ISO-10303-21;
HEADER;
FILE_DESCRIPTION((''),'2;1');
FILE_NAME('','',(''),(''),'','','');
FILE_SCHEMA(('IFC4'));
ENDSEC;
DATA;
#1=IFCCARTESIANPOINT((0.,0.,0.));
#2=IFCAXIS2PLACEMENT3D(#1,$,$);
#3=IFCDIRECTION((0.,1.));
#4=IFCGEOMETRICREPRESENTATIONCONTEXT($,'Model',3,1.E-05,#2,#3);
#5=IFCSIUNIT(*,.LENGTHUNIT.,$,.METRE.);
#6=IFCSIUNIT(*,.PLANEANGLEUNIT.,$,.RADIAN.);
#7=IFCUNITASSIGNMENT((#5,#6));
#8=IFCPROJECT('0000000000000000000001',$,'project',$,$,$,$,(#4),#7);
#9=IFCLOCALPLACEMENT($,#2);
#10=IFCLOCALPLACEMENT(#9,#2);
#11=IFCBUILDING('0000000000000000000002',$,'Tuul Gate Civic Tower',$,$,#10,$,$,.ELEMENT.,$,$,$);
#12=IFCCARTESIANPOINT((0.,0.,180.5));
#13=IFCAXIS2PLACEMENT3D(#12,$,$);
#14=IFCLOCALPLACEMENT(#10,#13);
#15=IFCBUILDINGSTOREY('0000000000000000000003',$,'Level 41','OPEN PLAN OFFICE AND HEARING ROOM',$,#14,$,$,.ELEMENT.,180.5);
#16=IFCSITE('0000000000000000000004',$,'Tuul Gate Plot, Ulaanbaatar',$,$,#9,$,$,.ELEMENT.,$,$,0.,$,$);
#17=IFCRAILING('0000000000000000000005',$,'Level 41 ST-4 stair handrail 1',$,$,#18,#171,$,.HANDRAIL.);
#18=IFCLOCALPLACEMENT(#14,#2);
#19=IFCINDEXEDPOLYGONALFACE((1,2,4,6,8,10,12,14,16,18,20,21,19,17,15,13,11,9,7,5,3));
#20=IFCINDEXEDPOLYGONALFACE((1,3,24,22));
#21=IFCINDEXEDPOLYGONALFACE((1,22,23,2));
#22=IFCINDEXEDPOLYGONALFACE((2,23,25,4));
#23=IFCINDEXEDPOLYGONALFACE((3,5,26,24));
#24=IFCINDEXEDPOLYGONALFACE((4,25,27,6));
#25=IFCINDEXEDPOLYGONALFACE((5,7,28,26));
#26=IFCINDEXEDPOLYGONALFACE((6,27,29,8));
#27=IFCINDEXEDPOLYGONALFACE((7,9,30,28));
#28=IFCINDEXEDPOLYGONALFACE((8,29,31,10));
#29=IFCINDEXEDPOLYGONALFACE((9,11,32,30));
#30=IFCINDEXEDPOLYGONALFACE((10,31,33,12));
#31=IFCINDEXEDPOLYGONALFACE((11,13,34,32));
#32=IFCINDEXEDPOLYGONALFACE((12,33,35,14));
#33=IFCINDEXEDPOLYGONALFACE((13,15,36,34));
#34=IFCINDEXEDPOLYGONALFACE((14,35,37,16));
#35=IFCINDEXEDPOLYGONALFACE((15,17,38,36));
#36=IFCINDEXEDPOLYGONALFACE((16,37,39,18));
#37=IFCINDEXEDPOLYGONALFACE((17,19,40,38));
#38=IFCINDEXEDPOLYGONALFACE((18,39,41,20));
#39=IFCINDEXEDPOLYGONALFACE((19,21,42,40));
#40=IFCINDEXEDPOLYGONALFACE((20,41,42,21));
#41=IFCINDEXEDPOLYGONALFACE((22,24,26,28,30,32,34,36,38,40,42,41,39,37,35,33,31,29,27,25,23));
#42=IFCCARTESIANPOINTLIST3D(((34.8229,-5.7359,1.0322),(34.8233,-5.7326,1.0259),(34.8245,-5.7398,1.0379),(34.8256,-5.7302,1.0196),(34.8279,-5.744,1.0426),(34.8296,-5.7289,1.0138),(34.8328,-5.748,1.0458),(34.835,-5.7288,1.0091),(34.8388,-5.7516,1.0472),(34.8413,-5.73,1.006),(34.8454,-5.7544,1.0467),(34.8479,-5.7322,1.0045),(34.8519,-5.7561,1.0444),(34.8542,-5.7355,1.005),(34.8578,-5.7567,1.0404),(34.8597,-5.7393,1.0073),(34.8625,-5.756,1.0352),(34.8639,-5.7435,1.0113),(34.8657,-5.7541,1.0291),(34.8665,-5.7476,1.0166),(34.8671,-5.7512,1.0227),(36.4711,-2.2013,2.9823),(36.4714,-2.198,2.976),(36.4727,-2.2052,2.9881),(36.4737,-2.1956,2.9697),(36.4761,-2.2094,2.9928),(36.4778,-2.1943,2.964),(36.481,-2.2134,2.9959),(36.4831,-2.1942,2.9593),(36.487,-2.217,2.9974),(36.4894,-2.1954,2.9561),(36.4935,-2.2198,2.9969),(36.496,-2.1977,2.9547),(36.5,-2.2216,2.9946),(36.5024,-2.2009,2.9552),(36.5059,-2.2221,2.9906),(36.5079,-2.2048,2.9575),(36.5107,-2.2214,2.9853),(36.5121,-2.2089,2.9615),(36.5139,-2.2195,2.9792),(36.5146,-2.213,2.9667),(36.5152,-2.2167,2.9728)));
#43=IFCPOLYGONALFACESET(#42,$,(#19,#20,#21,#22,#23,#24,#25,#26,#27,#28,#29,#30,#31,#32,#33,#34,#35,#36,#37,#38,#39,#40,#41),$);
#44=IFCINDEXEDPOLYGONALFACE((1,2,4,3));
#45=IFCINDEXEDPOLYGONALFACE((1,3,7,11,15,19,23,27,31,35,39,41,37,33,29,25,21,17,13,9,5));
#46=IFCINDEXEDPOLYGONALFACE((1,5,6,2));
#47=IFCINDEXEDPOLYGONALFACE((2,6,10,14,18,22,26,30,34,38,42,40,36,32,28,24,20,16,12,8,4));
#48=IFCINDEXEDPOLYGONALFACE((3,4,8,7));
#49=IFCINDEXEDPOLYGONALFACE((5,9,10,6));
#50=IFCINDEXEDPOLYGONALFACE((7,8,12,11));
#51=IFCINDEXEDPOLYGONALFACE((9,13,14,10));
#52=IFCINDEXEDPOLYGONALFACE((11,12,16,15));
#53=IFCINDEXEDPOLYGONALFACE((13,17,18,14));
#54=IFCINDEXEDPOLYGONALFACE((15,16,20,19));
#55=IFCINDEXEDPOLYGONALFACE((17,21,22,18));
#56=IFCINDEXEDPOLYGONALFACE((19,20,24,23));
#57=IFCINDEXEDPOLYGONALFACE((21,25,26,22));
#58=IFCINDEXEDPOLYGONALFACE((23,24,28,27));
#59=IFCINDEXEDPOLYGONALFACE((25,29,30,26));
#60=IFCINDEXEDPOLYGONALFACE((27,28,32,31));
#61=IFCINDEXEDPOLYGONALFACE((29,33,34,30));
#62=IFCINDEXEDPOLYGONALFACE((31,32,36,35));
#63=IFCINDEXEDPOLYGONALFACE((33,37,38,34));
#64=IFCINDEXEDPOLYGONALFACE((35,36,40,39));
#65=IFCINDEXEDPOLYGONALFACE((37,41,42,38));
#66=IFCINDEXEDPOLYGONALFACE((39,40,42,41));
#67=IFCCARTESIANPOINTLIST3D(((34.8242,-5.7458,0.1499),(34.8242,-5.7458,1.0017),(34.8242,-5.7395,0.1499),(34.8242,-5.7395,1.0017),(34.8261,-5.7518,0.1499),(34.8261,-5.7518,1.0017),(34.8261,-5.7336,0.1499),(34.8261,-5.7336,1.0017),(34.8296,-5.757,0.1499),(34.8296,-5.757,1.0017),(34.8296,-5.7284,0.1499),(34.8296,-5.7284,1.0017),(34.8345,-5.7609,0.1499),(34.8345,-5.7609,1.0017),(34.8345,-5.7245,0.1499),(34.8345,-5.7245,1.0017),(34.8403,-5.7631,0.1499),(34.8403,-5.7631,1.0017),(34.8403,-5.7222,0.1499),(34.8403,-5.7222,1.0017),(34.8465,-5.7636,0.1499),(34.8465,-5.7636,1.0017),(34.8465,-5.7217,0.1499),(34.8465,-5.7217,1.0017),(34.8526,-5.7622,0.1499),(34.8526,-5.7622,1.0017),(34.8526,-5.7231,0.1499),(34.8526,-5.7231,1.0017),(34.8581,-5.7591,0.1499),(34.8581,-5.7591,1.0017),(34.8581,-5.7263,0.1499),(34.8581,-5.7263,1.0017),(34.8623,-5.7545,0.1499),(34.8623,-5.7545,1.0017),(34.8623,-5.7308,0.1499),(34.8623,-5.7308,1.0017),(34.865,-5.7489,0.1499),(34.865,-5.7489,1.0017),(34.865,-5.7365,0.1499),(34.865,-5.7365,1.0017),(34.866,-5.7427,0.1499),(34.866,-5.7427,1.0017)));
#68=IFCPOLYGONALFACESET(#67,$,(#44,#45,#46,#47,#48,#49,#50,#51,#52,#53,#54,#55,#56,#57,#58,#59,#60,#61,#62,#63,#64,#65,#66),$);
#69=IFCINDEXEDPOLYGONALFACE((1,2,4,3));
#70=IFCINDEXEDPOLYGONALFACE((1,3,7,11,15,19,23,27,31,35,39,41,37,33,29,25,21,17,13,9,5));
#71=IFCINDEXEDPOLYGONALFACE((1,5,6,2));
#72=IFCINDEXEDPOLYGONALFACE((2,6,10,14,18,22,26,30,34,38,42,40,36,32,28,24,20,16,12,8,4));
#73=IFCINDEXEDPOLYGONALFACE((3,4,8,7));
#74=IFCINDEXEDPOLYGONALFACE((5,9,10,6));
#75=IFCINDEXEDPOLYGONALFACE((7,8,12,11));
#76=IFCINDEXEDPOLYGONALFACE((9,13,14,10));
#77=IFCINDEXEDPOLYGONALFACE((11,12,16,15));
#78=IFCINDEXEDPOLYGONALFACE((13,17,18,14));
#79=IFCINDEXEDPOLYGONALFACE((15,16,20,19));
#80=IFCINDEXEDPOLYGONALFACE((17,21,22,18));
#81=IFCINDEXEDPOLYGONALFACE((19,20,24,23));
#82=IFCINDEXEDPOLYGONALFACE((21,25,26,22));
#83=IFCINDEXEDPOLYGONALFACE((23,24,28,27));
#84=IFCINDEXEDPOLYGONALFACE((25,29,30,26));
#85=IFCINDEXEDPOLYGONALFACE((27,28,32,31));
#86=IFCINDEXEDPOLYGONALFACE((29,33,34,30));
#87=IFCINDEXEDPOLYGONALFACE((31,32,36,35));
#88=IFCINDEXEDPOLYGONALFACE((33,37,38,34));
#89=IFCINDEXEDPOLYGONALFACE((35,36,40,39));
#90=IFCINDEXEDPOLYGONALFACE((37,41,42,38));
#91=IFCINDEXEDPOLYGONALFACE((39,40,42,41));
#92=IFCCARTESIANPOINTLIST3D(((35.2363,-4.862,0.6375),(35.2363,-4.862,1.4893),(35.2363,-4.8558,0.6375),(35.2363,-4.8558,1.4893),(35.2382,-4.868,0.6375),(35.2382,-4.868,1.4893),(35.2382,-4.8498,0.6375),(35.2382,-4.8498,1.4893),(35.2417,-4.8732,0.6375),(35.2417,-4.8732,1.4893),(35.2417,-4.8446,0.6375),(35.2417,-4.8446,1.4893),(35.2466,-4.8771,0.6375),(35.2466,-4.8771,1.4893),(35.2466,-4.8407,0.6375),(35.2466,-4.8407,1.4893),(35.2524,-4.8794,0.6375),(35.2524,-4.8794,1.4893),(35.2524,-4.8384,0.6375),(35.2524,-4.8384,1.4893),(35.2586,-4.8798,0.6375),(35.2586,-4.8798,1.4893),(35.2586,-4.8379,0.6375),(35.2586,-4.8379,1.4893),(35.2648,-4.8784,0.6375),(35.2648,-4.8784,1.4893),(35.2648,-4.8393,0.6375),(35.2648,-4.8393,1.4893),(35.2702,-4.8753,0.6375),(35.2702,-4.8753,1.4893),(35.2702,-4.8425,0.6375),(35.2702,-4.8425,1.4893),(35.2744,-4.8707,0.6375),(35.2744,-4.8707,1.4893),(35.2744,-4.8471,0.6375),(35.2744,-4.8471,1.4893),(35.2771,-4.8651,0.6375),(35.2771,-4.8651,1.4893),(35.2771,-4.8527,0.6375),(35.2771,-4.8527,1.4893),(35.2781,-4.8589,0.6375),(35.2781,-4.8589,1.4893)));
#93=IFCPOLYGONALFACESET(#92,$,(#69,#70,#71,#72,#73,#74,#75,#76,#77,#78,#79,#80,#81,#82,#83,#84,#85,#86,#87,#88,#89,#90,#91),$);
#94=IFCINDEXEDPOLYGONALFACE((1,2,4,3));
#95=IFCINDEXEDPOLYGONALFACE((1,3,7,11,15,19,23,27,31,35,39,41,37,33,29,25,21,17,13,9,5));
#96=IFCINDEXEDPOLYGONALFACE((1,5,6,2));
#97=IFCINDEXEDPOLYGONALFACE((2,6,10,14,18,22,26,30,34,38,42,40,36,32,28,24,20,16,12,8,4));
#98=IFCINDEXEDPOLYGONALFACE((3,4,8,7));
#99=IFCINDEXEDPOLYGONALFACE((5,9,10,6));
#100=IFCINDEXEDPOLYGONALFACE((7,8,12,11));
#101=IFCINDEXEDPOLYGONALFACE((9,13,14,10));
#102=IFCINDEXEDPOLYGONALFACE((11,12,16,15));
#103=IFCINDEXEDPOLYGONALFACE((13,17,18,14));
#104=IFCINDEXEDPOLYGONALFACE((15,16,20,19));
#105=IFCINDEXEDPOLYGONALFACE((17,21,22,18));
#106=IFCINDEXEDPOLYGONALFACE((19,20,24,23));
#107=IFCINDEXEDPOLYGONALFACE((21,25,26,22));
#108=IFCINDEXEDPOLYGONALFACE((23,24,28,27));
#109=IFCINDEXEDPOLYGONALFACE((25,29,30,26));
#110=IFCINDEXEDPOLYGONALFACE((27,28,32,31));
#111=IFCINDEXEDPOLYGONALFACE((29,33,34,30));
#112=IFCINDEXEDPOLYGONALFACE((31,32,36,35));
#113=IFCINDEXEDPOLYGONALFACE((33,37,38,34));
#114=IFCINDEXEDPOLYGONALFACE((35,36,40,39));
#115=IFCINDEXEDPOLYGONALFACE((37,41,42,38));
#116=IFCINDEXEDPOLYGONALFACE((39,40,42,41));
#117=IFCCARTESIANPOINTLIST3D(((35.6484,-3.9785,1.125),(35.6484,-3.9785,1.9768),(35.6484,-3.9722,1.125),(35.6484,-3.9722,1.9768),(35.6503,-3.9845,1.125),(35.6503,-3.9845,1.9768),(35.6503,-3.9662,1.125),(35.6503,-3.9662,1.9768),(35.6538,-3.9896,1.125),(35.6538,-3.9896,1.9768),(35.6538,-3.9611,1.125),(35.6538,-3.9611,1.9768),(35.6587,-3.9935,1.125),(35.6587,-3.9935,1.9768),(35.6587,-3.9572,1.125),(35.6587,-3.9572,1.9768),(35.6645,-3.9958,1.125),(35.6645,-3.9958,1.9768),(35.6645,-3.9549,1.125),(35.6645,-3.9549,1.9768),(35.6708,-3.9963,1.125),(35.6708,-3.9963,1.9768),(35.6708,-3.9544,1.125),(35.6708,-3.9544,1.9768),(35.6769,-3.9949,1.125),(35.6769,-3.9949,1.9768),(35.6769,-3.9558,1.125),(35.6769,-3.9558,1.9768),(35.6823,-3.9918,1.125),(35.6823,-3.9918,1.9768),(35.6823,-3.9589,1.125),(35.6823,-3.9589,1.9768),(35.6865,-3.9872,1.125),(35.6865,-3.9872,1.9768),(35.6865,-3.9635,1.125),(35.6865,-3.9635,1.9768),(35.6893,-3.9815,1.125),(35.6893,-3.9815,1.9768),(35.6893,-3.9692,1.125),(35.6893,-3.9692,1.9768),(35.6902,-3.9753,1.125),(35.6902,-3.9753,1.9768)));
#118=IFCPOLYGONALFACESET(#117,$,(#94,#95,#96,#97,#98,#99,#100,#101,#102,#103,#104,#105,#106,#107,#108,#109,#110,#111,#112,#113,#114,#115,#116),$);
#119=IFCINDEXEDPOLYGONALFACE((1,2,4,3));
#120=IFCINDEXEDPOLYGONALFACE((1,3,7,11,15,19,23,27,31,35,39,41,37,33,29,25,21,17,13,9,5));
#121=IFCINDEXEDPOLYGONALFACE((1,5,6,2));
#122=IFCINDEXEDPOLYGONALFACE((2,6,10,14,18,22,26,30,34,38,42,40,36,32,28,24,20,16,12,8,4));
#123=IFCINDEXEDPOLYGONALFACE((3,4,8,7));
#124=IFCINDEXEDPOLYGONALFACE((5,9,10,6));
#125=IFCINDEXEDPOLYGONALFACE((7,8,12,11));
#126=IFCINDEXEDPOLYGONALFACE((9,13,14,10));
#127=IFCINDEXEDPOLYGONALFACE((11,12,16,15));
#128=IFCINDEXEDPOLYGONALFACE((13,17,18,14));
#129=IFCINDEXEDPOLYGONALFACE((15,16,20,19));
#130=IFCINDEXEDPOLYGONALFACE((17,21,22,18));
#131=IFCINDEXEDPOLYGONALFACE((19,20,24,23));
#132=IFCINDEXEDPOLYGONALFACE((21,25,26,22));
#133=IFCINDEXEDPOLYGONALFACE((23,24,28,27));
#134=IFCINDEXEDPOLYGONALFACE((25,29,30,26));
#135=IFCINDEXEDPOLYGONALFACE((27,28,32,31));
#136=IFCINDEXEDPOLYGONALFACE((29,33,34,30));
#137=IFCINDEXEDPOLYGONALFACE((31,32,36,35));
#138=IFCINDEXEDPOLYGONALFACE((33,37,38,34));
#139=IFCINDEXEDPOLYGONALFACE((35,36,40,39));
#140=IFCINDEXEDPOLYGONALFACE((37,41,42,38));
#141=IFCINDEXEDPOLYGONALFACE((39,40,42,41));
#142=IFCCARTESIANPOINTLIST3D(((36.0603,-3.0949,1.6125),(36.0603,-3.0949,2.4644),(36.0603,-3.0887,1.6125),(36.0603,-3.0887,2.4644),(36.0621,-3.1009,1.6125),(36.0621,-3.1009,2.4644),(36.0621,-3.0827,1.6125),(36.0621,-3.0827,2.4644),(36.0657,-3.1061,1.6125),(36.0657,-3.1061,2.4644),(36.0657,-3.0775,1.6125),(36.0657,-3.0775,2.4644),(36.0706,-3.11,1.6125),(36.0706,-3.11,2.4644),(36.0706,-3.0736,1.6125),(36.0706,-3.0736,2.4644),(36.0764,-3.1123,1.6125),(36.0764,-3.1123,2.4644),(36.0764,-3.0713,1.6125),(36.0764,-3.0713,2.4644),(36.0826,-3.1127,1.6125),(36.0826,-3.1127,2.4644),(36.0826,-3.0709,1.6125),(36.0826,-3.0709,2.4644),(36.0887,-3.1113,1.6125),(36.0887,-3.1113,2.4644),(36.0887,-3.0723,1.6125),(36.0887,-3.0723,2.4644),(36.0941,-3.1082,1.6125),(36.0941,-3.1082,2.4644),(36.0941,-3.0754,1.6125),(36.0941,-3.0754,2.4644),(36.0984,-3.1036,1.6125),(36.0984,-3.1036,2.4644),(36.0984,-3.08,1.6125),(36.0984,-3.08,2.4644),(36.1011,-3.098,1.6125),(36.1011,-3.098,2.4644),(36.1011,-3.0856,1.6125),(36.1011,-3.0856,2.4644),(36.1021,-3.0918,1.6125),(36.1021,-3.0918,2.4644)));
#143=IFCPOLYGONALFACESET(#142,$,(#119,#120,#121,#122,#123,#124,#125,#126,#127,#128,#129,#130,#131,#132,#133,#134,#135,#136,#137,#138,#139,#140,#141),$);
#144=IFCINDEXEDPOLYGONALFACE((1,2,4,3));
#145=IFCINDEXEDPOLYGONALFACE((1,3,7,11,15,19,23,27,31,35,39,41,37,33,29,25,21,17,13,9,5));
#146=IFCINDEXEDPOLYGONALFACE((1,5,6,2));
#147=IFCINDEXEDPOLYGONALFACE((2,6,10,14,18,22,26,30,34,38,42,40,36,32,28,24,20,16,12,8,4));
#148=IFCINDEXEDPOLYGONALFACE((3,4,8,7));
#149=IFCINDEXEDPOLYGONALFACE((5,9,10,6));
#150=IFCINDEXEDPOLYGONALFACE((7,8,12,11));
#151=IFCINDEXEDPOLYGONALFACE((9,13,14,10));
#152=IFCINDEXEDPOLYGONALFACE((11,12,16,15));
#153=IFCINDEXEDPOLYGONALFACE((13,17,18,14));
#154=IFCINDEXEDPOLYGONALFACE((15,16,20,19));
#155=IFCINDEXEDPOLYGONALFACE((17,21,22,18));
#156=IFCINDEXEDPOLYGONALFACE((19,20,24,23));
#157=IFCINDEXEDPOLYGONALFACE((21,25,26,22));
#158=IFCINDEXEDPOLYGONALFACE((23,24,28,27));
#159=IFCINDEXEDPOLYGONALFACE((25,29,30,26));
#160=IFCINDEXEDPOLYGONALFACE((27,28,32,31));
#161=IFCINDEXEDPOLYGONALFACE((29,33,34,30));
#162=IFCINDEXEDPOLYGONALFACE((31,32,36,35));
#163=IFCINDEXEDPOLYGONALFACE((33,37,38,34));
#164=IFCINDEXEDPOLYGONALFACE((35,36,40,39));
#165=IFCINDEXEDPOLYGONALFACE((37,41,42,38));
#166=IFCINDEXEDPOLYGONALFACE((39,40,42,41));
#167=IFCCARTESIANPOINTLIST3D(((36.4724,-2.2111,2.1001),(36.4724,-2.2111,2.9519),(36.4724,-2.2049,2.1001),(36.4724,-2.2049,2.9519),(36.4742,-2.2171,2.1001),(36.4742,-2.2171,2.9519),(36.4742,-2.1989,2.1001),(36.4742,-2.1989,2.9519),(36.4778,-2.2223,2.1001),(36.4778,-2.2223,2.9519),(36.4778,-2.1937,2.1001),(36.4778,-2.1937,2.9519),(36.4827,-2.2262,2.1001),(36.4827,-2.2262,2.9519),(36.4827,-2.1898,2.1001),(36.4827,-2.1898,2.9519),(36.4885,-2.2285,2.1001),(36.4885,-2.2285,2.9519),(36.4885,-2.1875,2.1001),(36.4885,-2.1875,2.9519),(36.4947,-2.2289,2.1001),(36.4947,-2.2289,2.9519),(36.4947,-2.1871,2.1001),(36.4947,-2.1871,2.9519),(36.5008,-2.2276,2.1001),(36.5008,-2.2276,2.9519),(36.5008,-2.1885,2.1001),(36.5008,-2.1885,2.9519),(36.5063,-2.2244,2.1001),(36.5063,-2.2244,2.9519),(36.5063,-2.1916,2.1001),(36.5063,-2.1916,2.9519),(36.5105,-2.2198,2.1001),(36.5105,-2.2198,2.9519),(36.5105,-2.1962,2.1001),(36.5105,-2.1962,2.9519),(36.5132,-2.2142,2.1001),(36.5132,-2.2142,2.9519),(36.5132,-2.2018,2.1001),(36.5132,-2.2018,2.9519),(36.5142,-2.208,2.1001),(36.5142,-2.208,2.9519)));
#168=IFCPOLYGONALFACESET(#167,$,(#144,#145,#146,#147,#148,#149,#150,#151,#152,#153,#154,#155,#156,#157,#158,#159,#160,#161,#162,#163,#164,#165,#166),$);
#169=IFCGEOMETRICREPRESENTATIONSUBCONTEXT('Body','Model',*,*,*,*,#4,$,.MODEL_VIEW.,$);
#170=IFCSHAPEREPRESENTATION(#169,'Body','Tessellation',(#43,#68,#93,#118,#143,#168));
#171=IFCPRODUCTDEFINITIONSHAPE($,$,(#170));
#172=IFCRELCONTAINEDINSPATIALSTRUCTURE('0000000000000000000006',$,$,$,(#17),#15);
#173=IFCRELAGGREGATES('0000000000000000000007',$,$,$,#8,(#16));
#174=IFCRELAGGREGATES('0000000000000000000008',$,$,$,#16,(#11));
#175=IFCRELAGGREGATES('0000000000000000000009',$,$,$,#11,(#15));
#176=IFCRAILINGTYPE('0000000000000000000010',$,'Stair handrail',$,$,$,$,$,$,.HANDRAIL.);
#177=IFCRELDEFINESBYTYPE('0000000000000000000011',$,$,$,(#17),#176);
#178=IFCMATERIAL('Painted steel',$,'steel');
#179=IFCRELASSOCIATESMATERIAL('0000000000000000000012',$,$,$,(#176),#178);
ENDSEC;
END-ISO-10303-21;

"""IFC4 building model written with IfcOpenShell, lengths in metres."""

from ifc_helpers import new_model, si_unit, direction, frame, origin, origin_2d, place, context, subcontext, project, spatial, circle, extrude, material, type_object, element, save


model = new_model("IFC4")

# Units and contexts
model_context = context("Model", 3, precision=1e-05, world=origin(), true_north=direction((0.0, 1.0)))
body_context = subcontext(model_context, "Body", "Model", "MODEL_VIEW")
ifc_project = project(units=[si_unit("LENGTHUNIT", "METRE"), si_unit("PLANEANGLEUNIT", "RADIAN")], contexts=[model_context])

# Site, building, storey
site_placement = place(None, origin())
site = spatial("IfcSite", under=ifc_project, at=site_placement, Name="Tuul Gate Plot, Ulaanbaatar", CompositionType="ELEMENT", RefElevation=0.0)
building_placement = place(site_placement, origin())
building = spatial("IfcBuilding", under=site, at=building_placement, Name="Tuul Gate Civic Tower", CompositionType="ELEMENT")
storey_placement = place(building_placement, frame((0.0, 0.0, 180.5)))
storey = spatial("IfcBuildingStorey", under=building, at=storey_placement, Name="Level 41", Description="OPEN PLAN OFFICE AND HEARING ROOM", CompositionType="ELEMENT", Elevation=180.5)

# Railing
ifc_material_1 = material(Name="Painted steel", Category="steel")
railing_type_1 = type_object("IfcRailingType", Name="Stair handrail", PredefinedType="HANDRAIL", material=ifc_material_1)
railing_1_placement = place(storey_placement, frame((34.845, -5.7427, 0.1499)))
element("IfcRailing", 1, at=railing_1_placement, inside=storey, type_object=railing_type_1, Name="Level 41 ST-4 stair handrail 1", PredefinedType="HANDRAIL", context=body_context, shape_type="SweptSolid", body=[
    extrude(circle(Radius=0.0239, at=origin_2d()), frame((0.0, 0.0, 0.876), z_axis=(0.377985, 0.810617, 0.447245), x_axis=(-0.906313, 0.422608, 0.0)), (0.0, 0.0, 1.0), 4.3604),
    extrude(circle(Radius=0.021, at=origin_2d()), origin(), (0.0, 0.0, 1.0), 0.8518),
    extrude(circle(Radius=0.021, at=origin_2d()), frame((0.4121, 0.8838, 0.4875)), (0.0, 0.0, 1.0), 0.8518),
    extrude(circle(Radius=0.021, at=origin_2d()), frame((0.8242, 1.7673, 0.9751)), (0.0, 0.0, 1.0), 0.8518),
    extrude(circle(Radius=0.021, at=origin_2d()), frame((1.2361, 2.6509, 1.4626)), (0.0, 0.0, 1.0), 0.8518),
    extrude(circle(Radius=0.021, at=origin_2d()), frame((1.6482, 3.5347, 1.9502)), (0.0, 0.0, 1.0), 0.8518),
])

save(model, "model.ifc")
